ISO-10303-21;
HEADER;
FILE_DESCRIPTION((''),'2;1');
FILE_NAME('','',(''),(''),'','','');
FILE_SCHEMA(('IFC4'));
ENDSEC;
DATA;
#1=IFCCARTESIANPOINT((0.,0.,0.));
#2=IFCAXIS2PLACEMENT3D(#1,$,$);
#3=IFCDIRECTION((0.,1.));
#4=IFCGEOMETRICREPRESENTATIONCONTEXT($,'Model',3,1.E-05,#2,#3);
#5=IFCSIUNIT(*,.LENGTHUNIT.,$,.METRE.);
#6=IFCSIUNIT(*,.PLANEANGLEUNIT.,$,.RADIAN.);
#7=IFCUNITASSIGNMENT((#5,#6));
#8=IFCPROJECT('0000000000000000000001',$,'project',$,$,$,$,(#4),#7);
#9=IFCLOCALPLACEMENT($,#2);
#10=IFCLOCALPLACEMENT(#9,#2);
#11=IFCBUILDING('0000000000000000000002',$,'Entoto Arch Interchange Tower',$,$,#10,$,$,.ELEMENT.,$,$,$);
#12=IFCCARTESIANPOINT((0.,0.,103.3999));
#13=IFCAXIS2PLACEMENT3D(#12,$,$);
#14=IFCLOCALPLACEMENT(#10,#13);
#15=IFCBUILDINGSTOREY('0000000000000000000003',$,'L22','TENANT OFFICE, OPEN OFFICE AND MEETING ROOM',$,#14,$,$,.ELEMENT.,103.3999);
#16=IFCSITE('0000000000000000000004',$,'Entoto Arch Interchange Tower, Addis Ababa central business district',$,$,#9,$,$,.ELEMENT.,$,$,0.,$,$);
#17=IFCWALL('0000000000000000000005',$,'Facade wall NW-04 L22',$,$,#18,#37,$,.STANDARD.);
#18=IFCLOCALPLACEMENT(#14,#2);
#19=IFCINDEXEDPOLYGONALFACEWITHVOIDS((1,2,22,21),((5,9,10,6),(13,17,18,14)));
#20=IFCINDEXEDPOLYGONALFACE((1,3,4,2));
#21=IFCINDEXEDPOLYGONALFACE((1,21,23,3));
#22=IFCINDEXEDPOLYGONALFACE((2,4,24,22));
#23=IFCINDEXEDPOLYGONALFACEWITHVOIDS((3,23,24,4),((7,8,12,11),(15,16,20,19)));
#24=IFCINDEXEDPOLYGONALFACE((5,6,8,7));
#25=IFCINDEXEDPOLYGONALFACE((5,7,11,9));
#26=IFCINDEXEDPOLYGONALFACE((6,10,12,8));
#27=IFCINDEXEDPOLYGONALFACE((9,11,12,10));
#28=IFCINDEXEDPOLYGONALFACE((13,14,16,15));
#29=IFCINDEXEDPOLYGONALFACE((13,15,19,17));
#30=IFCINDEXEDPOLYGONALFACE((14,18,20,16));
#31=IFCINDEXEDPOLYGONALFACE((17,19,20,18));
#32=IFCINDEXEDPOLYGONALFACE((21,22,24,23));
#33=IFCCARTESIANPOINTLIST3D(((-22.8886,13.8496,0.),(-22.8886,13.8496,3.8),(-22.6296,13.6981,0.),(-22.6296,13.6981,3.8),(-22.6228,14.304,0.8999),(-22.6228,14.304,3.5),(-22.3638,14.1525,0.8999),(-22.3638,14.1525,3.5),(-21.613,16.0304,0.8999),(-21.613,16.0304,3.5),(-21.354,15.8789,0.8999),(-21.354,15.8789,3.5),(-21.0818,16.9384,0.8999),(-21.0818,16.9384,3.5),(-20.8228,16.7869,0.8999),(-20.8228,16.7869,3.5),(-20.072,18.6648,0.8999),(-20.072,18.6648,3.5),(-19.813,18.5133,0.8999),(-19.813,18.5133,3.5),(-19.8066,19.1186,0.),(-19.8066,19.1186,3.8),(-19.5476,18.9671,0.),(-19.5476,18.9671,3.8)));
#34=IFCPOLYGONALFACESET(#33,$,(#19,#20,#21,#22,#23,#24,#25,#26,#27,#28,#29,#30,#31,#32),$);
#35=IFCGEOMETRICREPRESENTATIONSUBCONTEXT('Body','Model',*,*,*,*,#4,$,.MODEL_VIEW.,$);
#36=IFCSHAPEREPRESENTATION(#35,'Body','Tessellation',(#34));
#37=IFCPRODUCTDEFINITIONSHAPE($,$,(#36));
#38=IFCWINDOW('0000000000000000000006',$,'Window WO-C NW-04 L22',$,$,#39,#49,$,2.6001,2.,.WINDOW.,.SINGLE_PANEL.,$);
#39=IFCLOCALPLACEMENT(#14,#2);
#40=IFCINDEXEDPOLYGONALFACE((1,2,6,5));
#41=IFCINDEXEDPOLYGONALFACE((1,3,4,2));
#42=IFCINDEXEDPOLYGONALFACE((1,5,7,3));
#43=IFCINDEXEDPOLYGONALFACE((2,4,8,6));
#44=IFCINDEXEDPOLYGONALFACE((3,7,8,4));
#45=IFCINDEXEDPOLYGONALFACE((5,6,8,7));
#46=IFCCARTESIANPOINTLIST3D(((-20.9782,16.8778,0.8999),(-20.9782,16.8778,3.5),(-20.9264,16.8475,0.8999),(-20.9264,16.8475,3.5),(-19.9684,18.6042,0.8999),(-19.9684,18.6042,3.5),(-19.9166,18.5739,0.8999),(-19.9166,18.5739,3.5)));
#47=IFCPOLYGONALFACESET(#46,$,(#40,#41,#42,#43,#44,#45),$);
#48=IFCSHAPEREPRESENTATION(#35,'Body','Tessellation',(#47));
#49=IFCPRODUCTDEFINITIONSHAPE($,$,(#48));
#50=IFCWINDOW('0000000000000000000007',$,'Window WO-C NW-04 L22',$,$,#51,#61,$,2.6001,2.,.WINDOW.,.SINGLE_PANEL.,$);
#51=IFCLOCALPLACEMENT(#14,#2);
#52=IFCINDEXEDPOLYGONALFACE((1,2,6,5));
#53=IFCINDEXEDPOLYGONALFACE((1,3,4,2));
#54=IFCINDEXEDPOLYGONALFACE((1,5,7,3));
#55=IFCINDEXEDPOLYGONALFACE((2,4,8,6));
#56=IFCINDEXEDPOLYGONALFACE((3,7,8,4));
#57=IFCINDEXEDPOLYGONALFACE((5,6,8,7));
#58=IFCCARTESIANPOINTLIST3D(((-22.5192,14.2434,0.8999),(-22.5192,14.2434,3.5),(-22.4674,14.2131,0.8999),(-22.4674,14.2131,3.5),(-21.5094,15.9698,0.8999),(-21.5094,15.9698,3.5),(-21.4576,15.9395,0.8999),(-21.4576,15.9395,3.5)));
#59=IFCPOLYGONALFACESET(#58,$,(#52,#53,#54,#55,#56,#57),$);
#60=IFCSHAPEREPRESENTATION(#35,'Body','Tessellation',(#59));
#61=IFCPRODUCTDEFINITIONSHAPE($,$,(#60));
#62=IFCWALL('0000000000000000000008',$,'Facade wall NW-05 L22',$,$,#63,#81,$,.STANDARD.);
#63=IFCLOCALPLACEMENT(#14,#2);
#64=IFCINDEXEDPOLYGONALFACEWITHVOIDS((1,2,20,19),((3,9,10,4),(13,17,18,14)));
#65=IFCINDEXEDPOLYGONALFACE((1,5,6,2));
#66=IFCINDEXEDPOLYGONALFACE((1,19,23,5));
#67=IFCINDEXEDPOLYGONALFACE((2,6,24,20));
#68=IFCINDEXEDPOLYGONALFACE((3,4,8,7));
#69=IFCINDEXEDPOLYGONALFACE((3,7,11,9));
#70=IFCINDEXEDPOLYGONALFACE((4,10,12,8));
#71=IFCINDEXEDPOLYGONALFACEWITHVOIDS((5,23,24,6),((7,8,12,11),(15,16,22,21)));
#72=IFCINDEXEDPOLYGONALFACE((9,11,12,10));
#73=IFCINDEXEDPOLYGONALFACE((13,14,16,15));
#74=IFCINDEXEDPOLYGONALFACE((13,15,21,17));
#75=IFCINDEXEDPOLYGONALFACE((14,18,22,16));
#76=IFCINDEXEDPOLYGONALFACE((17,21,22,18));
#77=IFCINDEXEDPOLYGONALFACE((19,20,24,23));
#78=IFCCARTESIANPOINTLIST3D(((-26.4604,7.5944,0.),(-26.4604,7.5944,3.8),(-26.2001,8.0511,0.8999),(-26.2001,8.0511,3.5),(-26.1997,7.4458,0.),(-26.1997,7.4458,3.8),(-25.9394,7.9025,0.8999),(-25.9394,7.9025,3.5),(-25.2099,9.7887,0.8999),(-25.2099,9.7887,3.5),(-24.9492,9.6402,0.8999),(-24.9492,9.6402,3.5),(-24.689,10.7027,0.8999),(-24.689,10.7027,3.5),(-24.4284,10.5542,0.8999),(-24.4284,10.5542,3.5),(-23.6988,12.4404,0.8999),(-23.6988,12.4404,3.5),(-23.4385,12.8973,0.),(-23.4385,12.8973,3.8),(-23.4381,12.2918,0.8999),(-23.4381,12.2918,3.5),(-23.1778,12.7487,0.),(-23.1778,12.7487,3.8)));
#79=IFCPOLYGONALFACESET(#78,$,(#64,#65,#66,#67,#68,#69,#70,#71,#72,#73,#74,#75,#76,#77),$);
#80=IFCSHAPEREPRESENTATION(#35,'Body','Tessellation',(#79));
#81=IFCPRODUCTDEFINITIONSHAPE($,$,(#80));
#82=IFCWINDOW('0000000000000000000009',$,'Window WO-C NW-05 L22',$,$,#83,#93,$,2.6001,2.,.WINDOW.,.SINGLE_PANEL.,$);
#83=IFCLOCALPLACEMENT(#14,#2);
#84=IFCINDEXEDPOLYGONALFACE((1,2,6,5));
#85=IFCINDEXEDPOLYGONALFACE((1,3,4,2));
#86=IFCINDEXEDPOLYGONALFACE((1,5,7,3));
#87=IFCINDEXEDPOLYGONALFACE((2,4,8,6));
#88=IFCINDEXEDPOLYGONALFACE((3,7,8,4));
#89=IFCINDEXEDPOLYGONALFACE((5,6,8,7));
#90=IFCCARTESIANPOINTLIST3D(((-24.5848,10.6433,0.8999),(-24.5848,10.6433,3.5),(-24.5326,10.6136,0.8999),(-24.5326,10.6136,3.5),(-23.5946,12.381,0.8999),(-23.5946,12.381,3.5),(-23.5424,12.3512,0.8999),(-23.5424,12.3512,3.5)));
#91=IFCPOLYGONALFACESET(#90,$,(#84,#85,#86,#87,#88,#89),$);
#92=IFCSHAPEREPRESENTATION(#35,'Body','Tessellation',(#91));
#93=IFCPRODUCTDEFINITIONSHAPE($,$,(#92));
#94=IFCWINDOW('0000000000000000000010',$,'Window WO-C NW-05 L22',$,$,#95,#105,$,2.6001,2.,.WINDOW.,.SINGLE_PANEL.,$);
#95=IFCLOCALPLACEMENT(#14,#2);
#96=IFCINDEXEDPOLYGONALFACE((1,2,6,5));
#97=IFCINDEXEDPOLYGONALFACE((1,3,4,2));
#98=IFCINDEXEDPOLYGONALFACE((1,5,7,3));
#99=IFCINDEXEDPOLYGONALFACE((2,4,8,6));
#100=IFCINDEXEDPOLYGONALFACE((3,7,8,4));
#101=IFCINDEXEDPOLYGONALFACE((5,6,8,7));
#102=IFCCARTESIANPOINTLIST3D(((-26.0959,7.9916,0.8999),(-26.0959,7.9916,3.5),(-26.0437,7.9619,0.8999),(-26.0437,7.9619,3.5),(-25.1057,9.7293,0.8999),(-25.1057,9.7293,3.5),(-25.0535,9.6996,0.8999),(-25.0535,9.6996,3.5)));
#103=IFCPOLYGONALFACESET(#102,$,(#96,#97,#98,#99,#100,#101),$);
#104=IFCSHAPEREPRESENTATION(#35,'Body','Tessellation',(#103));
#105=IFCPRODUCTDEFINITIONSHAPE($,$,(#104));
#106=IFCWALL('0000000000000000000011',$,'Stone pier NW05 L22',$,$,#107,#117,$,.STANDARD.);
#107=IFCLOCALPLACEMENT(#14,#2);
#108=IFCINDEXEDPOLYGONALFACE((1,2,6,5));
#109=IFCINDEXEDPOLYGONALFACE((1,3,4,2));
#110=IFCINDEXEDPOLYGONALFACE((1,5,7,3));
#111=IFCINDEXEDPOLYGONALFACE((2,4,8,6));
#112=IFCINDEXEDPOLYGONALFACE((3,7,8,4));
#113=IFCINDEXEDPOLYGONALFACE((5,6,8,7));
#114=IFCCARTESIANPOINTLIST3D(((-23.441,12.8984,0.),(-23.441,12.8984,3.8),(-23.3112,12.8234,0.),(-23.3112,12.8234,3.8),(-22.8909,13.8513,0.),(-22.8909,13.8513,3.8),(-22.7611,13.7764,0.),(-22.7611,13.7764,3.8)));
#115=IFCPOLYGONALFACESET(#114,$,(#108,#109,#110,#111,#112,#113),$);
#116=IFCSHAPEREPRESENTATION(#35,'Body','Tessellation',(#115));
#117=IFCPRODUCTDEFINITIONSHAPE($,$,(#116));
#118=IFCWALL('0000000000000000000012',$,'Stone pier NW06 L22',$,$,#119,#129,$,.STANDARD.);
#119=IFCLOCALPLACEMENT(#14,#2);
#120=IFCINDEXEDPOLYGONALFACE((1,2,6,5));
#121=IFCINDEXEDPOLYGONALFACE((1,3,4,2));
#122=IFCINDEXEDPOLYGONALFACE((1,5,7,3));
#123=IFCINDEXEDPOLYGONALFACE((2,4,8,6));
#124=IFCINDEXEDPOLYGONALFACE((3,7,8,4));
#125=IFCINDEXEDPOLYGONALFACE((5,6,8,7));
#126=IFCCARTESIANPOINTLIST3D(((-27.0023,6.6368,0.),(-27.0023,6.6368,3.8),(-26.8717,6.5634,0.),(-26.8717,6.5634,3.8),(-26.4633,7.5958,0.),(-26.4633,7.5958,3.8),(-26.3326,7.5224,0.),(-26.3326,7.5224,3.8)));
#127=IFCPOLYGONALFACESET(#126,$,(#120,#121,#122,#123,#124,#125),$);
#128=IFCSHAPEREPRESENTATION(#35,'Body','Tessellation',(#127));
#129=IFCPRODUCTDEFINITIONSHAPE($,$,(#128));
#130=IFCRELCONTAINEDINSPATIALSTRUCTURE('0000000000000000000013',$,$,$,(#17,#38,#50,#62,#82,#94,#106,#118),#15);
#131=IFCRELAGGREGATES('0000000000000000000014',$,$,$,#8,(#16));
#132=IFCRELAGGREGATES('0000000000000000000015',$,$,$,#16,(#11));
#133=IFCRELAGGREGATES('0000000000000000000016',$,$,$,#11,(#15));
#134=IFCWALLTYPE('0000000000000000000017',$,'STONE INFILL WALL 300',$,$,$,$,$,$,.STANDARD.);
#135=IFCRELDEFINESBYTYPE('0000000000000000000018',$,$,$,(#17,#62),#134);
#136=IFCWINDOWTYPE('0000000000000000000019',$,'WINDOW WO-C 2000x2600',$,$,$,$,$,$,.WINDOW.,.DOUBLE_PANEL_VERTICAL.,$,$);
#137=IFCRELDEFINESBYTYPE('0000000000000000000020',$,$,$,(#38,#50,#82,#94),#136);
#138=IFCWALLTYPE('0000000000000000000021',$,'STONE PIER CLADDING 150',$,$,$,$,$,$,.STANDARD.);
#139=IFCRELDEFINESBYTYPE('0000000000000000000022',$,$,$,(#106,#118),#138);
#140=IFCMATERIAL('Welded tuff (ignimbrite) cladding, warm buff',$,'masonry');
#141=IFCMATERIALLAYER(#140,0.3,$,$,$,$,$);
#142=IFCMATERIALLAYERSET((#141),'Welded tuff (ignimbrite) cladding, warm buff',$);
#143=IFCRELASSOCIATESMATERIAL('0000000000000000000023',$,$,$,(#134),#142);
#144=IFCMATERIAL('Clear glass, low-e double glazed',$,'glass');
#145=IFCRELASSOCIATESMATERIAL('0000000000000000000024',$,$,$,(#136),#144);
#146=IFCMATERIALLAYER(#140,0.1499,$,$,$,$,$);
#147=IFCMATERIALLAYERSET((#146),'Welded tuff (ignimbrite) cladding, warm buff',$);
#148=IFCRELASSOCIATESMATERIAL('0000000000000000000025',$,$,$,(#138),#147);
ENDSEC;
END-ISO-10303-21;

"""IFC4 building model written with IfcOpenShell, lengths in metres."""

from ifc_helpers import new_model, si_unit, direction, frame, frame_2d, origin, place, context, subcontext, project, spatial, rectangle, extrude, material, layer, layer_set, type_object, element, fill, save


model = new_model("IFC4")

# Units and contexts
model_context = context("Model", 3, precision=1e-05, world=origin(), true_north=direction((0.0, 1.0)))
body_context = subcontext(model_context, "Body", "Model", "MODEL_VIEW")
ifc_project = project(units=[si_unit("LENGTHUNIT", "METRE"), si_unit("PLANEANGLEUNIT", "RADIAN")], contexts=[model_context])

# Site, building, storey
site_placement = place(None, origin())
site = spatial("IfcSite", under=ifc_project, at=site_placement, Name="Entoto Arch Interchange Tower, Addis Ababa central business district", CompositionType="ELEMENT", RefElevation=0.0)
building_placement = place(site_placement, origin())
building = spatial("IfcBuilding", under=site, at=building_placement, Name="Entoto Arch Interchange Tower", CompositionType="ELEMENT")
storey_placement = place(building_placement, frame((0.0, 0.0, 103.3999)))
storey = spatial("IfcBuildingStorey", under=building, at=storey_placement, Name="L22", Description="TENANT OFFICE, OPEN OFFICE AND MEETING ROOM", CompositionType="ELEMENT", Elevation=103.3999)

# Walls, openings, windows
ifc_material_1 = material(Name="Welded tuff (ignimbrite) cladding, warm buff", Category="masonry")
ifc_layer_1 = layer(ifc_material_1, 0.3)
ifc_layer_set_1 = layer_set([ifc_layer_1], Name="Welded tuff (ignimbrite) cladding, warm buff")
wall_type_1 = type_object("IfcWallType", Name="STONE INFILL WALL 300", PredefinedType="STANDARD", material=ifc_layer_set_1)
wall_1_placement = place(storey_placement, frame((-19.677, 19.043, 0.0), z_axis=(0.0, 0.0, 1.0), x_axis=(-0.5049, -0.863178, 0.0)))
wall_1 = element("IfcWall", 1, at=wall_1_placement, inside=storey, type_object=wall_type_1, Name="Facade wall NW-04 L22", PredefinedType="STANDARD", context=body_context, shape_type="SweptSolid", body=[
    extrude(rectangle(XDim=6.1042, YDim=0.3, at=frame_2d((3.0522, 0.0))), origin(), (0.0, 0.0, 1.0), 3.8),
])
opening_1_placement = place(wall_1_placement, frame((0.5259, 0.0, 0.8999)))
opening_1 = element("IfcOpeningElement", 2, at=opening_1_placement, cuts=wall_1, PredefinedType="OPENING", context=body_context, shape_type="SweptSolid", body=[
    extrude(rectangle(XDim=2.0, YDim=2.6001, at=frame_2d((1.0, 1.3))), frame((0.0, 0.1602, 0.0), z_axis=(0.0, -1.0, 0.0), x_axis=(1.0, 0.0, 0.0)), (0.0, 0.0, 1.0), 0.3201),
])
opening_2_placement = place(wall_1_placement, frame((3.5779, 0.0, 0.8999)))
opening_2 = element("IfcOpeningElement", 3, at=opening_2_placement, cuts=wall_1, PredefinedType="OPENING", context=body_context, shape_type="SweptSolid", body=[
    extrude(rectangle(XDim=2.0, YDim=2.6001, at=frame_2d((1.0, 1.3))), frame((0.0, 0.1602, 0.0), z_axis=(0.0, -1.0, 0.0), x_axis=(1.0, 0.0, 0.0)), (0.0, 0.0, 1.0), 0.3201),
])
ifc_material_2 = material(Name="Clear glass, low-e double glazed", Category="glass")
window_type = type_object("IfcWindowType", Name="WINDOW WO-C 2000x2600", PartitioningType="DOUBLE_PANEL_VERTICAL", PredefinedType="WINDOW", material=ifc_material_2)
window_1_placement = place(opening_1_placement, origin())
window_1 = element("IfcWindow", 4, at=window_1_placement, inside=storey, type_object=window_type, Name="Window WO-C NW-04 L22", OverallHeight=2.6001, OverallWidth=2.0, PartitioningType="SINGLE_PANEL", PredefinedType="WINDOW", context=body_context, shape_type="SweptSolid", body=[
    extrude(rectangle(XDim=2.0, YDim=2.6001, at=frame_2d((1.0, 1.3))), frame((0.0, 0.03, 0.0), z_axis=(0.0, -1.0, 0.0), x_axis=(1.0, 0.0, 0.0)), (0.0, 0.0, 1.0), 0.0601),
])
fill(opening_1, window_1)
window_2_placement = place(opening_2_placement, origin())
window_2 = element("IfcWindow", 5, at=window_2_placement, inside=storey, type_object=window_type, Name="Window WO-C NW-04 L22", OverallHeight=2.6001, OverallWidth=2.0, PartitioningType="SINGLE_PANEL", PredefinedType="WINDOW", context=body_context, shape_type="SweptSolid", body=[
    extrude(rectangle(XDim=2.0, YDim=2.6001, at=frame_2d((1.0, 1.3))), frame((0.0, 0.03, 0.0), z_axis=(0.0, -1.0, 0.0), x_axis=(1.0, 0.0, 0.0)), (0.0, 0.0, 1.0), 0.0601),
])
fill(opening_2, window_2)
wall_2_placement = place(storey_placement, frame((-23.3081, 12.823, 0.0), z_axis=(0.0, 0.0, 1.0), x_axis=(-0.495113, -0.868828, 0.0)))
wall_2 = element("IfcWall", 6, at=wall_2_placement, inside=storey, type_object=wall_type_1, Name="Facade wall NW-05 L22", PredefinedType="STANDARD", context=body_context, shape_type="SweptSolid", body=[
    extrude(rectangle(XDim=6.1035, YDim=0.3, at=frame_2d((3.0518, 0.0))), origin(), (0.0, 0.0, 1.0), 3.8),
])
opening_3_placement = place(wall_2_placement, frame((0.5259, 0.0, 0.8999)))
opening_3 = element("IfcOpeningElement", 7, at=opening_3_placement, cuts=wall_2, PredefinedType="OPENING", context=body_context, shape_type="SweptSolid", body=[
    extrude(rectangle(XDim=2.0, YDim=2.6001, at=frame_2d((1.0, 1.3))), frame((0.0, 0.1602, 0.0), z_axis=(0.0, -1.0, 0.0), x_axis=(1.0, 0.0, 0.0)), (0.0, 0.0, 1.0), 0.3201),
])
opening_4_placement = place(wall_2_placement, frame((3.5779, 0.0, 0.8999)))
opening_4 = element("IfcOpeningElement", 8, at=opening_4_placement, cuts=wall_2, PredefinedType="OPENING", context=body_context, shape_type="SweptSolid", body=[
    extrude(rectangle(XDim=2.0, YDim=2.6001, at=frame_2d((1.0, 1.3))), frame((0.0, 0.1602, 0.0), z_axis=(0.0, -1.0, 0.0), x_axis=(1.0, 0.0, 0.0)), (0.0, 0.0, 1.0), 0.3201),
])
window_3_placement = place(opening_3_placement, origin())
window_3 = element("IfcWindow", 9, at=window_3_placement, inside=storey, type_object=window_type, Name="Window WO-C NW-05 L22", OverallHeight=2.6001, OverallWidth=2.0, PartitioningType="SINGLE_PANEL", PredefinedType="WINDOW", context=body_context, shape_type="SweptSolid", body=[
    extrude(rectangle(XDim=2.0, YDim=2.6001, at=frame_2d((1.0, 1.3))), frame((0.0, 0.03, 0.0), z_axis=(0.0, -1.0, 0.0), x_axis=(1.0, 0.0, 0.0)), (0.0, 0.0, 1.0), 0.0601),
])
fill(opening_3, window_3)
window_4_placement = place(opening_4_placement, origin())
window_4 = element("IfcWindow", 10, at=window_4_placement, inside=storey, type_object=window_type, Name="Window WO-C NW-05 L22", OverallHeight=2.6001, OverallWidth=2.0, PartitioningType="SINGLE_PANEL", PredefinedType="WINDOW", context=body_context, shape_type="SweptSolid", body=[
    extrude(rectangle(XDim=2.0, YDim=2.6001, at=frame_2d((1.0, 1.3))), frame((0.0, 0.03, 0.0), z_axis=(0.0, -1.0, 0.0), x_axis=(1.0, 0.0, 0.0)), (0.0, 0.0, 1.0), 0.0601),
])
fill(opening_4, window_4)

# Walls
ifc_layer_2 = layer(ifc_material_1, 0.1499)
ifc_layer_set_2 = layer_set([ifc_layer_2], Name="Welded tuff (ignimbrite) cladding, warm buff")
wall_type_2 = type_object("IfcWallType", Name="STONE PIER CLADDING 150", PredefinedType="STANDARD", material=ifc_layer_set_2)
wall_3_placement = place(storey_placement, frame((-22.8259, 13.814, 0.0), z_axis=(0.0, 0.0, 1.0), x_axis=(-0.499934, -0.866064, 0.0)))
element("IfcWall", 11, at=wall_3_placement, inside=storey, type_object=wall_type_2, Name="Stone pier NW05 L22", PredefinedType="STANDARD", context=body_context, shape_type="SweptSolid", body=[
    extrude(rectangle(XDim=1.1003, YDim=0.1499, at=frame_2d((0.5503, 0.0))), origin(), (0.0, 0.0, 1.0), 3.8),
])
wall_4_placement = place(storey_placement, frame((-26.3979, 7.5591, 0.0), z_axis=(0.0, 0.0, 1.0), x_axis=(-0.490008, -0.871718, 0.0)))
element("IfcWall", 12, at=wall_4_placement, inside=storey, type_object=wall_type_2, Name="Stone pier NW06 L22", PredefinedType="STANDARD", context=body_context, shape_type="SweptSolid", body=[
    extrude(rectangle(XDim=1.1001, YDim=0.1499, at=frame_2d((0.55, 0.0))), origin(), (0.0, 0.0, 1.0), 3.8),
])

save(model, "model.ifc")
